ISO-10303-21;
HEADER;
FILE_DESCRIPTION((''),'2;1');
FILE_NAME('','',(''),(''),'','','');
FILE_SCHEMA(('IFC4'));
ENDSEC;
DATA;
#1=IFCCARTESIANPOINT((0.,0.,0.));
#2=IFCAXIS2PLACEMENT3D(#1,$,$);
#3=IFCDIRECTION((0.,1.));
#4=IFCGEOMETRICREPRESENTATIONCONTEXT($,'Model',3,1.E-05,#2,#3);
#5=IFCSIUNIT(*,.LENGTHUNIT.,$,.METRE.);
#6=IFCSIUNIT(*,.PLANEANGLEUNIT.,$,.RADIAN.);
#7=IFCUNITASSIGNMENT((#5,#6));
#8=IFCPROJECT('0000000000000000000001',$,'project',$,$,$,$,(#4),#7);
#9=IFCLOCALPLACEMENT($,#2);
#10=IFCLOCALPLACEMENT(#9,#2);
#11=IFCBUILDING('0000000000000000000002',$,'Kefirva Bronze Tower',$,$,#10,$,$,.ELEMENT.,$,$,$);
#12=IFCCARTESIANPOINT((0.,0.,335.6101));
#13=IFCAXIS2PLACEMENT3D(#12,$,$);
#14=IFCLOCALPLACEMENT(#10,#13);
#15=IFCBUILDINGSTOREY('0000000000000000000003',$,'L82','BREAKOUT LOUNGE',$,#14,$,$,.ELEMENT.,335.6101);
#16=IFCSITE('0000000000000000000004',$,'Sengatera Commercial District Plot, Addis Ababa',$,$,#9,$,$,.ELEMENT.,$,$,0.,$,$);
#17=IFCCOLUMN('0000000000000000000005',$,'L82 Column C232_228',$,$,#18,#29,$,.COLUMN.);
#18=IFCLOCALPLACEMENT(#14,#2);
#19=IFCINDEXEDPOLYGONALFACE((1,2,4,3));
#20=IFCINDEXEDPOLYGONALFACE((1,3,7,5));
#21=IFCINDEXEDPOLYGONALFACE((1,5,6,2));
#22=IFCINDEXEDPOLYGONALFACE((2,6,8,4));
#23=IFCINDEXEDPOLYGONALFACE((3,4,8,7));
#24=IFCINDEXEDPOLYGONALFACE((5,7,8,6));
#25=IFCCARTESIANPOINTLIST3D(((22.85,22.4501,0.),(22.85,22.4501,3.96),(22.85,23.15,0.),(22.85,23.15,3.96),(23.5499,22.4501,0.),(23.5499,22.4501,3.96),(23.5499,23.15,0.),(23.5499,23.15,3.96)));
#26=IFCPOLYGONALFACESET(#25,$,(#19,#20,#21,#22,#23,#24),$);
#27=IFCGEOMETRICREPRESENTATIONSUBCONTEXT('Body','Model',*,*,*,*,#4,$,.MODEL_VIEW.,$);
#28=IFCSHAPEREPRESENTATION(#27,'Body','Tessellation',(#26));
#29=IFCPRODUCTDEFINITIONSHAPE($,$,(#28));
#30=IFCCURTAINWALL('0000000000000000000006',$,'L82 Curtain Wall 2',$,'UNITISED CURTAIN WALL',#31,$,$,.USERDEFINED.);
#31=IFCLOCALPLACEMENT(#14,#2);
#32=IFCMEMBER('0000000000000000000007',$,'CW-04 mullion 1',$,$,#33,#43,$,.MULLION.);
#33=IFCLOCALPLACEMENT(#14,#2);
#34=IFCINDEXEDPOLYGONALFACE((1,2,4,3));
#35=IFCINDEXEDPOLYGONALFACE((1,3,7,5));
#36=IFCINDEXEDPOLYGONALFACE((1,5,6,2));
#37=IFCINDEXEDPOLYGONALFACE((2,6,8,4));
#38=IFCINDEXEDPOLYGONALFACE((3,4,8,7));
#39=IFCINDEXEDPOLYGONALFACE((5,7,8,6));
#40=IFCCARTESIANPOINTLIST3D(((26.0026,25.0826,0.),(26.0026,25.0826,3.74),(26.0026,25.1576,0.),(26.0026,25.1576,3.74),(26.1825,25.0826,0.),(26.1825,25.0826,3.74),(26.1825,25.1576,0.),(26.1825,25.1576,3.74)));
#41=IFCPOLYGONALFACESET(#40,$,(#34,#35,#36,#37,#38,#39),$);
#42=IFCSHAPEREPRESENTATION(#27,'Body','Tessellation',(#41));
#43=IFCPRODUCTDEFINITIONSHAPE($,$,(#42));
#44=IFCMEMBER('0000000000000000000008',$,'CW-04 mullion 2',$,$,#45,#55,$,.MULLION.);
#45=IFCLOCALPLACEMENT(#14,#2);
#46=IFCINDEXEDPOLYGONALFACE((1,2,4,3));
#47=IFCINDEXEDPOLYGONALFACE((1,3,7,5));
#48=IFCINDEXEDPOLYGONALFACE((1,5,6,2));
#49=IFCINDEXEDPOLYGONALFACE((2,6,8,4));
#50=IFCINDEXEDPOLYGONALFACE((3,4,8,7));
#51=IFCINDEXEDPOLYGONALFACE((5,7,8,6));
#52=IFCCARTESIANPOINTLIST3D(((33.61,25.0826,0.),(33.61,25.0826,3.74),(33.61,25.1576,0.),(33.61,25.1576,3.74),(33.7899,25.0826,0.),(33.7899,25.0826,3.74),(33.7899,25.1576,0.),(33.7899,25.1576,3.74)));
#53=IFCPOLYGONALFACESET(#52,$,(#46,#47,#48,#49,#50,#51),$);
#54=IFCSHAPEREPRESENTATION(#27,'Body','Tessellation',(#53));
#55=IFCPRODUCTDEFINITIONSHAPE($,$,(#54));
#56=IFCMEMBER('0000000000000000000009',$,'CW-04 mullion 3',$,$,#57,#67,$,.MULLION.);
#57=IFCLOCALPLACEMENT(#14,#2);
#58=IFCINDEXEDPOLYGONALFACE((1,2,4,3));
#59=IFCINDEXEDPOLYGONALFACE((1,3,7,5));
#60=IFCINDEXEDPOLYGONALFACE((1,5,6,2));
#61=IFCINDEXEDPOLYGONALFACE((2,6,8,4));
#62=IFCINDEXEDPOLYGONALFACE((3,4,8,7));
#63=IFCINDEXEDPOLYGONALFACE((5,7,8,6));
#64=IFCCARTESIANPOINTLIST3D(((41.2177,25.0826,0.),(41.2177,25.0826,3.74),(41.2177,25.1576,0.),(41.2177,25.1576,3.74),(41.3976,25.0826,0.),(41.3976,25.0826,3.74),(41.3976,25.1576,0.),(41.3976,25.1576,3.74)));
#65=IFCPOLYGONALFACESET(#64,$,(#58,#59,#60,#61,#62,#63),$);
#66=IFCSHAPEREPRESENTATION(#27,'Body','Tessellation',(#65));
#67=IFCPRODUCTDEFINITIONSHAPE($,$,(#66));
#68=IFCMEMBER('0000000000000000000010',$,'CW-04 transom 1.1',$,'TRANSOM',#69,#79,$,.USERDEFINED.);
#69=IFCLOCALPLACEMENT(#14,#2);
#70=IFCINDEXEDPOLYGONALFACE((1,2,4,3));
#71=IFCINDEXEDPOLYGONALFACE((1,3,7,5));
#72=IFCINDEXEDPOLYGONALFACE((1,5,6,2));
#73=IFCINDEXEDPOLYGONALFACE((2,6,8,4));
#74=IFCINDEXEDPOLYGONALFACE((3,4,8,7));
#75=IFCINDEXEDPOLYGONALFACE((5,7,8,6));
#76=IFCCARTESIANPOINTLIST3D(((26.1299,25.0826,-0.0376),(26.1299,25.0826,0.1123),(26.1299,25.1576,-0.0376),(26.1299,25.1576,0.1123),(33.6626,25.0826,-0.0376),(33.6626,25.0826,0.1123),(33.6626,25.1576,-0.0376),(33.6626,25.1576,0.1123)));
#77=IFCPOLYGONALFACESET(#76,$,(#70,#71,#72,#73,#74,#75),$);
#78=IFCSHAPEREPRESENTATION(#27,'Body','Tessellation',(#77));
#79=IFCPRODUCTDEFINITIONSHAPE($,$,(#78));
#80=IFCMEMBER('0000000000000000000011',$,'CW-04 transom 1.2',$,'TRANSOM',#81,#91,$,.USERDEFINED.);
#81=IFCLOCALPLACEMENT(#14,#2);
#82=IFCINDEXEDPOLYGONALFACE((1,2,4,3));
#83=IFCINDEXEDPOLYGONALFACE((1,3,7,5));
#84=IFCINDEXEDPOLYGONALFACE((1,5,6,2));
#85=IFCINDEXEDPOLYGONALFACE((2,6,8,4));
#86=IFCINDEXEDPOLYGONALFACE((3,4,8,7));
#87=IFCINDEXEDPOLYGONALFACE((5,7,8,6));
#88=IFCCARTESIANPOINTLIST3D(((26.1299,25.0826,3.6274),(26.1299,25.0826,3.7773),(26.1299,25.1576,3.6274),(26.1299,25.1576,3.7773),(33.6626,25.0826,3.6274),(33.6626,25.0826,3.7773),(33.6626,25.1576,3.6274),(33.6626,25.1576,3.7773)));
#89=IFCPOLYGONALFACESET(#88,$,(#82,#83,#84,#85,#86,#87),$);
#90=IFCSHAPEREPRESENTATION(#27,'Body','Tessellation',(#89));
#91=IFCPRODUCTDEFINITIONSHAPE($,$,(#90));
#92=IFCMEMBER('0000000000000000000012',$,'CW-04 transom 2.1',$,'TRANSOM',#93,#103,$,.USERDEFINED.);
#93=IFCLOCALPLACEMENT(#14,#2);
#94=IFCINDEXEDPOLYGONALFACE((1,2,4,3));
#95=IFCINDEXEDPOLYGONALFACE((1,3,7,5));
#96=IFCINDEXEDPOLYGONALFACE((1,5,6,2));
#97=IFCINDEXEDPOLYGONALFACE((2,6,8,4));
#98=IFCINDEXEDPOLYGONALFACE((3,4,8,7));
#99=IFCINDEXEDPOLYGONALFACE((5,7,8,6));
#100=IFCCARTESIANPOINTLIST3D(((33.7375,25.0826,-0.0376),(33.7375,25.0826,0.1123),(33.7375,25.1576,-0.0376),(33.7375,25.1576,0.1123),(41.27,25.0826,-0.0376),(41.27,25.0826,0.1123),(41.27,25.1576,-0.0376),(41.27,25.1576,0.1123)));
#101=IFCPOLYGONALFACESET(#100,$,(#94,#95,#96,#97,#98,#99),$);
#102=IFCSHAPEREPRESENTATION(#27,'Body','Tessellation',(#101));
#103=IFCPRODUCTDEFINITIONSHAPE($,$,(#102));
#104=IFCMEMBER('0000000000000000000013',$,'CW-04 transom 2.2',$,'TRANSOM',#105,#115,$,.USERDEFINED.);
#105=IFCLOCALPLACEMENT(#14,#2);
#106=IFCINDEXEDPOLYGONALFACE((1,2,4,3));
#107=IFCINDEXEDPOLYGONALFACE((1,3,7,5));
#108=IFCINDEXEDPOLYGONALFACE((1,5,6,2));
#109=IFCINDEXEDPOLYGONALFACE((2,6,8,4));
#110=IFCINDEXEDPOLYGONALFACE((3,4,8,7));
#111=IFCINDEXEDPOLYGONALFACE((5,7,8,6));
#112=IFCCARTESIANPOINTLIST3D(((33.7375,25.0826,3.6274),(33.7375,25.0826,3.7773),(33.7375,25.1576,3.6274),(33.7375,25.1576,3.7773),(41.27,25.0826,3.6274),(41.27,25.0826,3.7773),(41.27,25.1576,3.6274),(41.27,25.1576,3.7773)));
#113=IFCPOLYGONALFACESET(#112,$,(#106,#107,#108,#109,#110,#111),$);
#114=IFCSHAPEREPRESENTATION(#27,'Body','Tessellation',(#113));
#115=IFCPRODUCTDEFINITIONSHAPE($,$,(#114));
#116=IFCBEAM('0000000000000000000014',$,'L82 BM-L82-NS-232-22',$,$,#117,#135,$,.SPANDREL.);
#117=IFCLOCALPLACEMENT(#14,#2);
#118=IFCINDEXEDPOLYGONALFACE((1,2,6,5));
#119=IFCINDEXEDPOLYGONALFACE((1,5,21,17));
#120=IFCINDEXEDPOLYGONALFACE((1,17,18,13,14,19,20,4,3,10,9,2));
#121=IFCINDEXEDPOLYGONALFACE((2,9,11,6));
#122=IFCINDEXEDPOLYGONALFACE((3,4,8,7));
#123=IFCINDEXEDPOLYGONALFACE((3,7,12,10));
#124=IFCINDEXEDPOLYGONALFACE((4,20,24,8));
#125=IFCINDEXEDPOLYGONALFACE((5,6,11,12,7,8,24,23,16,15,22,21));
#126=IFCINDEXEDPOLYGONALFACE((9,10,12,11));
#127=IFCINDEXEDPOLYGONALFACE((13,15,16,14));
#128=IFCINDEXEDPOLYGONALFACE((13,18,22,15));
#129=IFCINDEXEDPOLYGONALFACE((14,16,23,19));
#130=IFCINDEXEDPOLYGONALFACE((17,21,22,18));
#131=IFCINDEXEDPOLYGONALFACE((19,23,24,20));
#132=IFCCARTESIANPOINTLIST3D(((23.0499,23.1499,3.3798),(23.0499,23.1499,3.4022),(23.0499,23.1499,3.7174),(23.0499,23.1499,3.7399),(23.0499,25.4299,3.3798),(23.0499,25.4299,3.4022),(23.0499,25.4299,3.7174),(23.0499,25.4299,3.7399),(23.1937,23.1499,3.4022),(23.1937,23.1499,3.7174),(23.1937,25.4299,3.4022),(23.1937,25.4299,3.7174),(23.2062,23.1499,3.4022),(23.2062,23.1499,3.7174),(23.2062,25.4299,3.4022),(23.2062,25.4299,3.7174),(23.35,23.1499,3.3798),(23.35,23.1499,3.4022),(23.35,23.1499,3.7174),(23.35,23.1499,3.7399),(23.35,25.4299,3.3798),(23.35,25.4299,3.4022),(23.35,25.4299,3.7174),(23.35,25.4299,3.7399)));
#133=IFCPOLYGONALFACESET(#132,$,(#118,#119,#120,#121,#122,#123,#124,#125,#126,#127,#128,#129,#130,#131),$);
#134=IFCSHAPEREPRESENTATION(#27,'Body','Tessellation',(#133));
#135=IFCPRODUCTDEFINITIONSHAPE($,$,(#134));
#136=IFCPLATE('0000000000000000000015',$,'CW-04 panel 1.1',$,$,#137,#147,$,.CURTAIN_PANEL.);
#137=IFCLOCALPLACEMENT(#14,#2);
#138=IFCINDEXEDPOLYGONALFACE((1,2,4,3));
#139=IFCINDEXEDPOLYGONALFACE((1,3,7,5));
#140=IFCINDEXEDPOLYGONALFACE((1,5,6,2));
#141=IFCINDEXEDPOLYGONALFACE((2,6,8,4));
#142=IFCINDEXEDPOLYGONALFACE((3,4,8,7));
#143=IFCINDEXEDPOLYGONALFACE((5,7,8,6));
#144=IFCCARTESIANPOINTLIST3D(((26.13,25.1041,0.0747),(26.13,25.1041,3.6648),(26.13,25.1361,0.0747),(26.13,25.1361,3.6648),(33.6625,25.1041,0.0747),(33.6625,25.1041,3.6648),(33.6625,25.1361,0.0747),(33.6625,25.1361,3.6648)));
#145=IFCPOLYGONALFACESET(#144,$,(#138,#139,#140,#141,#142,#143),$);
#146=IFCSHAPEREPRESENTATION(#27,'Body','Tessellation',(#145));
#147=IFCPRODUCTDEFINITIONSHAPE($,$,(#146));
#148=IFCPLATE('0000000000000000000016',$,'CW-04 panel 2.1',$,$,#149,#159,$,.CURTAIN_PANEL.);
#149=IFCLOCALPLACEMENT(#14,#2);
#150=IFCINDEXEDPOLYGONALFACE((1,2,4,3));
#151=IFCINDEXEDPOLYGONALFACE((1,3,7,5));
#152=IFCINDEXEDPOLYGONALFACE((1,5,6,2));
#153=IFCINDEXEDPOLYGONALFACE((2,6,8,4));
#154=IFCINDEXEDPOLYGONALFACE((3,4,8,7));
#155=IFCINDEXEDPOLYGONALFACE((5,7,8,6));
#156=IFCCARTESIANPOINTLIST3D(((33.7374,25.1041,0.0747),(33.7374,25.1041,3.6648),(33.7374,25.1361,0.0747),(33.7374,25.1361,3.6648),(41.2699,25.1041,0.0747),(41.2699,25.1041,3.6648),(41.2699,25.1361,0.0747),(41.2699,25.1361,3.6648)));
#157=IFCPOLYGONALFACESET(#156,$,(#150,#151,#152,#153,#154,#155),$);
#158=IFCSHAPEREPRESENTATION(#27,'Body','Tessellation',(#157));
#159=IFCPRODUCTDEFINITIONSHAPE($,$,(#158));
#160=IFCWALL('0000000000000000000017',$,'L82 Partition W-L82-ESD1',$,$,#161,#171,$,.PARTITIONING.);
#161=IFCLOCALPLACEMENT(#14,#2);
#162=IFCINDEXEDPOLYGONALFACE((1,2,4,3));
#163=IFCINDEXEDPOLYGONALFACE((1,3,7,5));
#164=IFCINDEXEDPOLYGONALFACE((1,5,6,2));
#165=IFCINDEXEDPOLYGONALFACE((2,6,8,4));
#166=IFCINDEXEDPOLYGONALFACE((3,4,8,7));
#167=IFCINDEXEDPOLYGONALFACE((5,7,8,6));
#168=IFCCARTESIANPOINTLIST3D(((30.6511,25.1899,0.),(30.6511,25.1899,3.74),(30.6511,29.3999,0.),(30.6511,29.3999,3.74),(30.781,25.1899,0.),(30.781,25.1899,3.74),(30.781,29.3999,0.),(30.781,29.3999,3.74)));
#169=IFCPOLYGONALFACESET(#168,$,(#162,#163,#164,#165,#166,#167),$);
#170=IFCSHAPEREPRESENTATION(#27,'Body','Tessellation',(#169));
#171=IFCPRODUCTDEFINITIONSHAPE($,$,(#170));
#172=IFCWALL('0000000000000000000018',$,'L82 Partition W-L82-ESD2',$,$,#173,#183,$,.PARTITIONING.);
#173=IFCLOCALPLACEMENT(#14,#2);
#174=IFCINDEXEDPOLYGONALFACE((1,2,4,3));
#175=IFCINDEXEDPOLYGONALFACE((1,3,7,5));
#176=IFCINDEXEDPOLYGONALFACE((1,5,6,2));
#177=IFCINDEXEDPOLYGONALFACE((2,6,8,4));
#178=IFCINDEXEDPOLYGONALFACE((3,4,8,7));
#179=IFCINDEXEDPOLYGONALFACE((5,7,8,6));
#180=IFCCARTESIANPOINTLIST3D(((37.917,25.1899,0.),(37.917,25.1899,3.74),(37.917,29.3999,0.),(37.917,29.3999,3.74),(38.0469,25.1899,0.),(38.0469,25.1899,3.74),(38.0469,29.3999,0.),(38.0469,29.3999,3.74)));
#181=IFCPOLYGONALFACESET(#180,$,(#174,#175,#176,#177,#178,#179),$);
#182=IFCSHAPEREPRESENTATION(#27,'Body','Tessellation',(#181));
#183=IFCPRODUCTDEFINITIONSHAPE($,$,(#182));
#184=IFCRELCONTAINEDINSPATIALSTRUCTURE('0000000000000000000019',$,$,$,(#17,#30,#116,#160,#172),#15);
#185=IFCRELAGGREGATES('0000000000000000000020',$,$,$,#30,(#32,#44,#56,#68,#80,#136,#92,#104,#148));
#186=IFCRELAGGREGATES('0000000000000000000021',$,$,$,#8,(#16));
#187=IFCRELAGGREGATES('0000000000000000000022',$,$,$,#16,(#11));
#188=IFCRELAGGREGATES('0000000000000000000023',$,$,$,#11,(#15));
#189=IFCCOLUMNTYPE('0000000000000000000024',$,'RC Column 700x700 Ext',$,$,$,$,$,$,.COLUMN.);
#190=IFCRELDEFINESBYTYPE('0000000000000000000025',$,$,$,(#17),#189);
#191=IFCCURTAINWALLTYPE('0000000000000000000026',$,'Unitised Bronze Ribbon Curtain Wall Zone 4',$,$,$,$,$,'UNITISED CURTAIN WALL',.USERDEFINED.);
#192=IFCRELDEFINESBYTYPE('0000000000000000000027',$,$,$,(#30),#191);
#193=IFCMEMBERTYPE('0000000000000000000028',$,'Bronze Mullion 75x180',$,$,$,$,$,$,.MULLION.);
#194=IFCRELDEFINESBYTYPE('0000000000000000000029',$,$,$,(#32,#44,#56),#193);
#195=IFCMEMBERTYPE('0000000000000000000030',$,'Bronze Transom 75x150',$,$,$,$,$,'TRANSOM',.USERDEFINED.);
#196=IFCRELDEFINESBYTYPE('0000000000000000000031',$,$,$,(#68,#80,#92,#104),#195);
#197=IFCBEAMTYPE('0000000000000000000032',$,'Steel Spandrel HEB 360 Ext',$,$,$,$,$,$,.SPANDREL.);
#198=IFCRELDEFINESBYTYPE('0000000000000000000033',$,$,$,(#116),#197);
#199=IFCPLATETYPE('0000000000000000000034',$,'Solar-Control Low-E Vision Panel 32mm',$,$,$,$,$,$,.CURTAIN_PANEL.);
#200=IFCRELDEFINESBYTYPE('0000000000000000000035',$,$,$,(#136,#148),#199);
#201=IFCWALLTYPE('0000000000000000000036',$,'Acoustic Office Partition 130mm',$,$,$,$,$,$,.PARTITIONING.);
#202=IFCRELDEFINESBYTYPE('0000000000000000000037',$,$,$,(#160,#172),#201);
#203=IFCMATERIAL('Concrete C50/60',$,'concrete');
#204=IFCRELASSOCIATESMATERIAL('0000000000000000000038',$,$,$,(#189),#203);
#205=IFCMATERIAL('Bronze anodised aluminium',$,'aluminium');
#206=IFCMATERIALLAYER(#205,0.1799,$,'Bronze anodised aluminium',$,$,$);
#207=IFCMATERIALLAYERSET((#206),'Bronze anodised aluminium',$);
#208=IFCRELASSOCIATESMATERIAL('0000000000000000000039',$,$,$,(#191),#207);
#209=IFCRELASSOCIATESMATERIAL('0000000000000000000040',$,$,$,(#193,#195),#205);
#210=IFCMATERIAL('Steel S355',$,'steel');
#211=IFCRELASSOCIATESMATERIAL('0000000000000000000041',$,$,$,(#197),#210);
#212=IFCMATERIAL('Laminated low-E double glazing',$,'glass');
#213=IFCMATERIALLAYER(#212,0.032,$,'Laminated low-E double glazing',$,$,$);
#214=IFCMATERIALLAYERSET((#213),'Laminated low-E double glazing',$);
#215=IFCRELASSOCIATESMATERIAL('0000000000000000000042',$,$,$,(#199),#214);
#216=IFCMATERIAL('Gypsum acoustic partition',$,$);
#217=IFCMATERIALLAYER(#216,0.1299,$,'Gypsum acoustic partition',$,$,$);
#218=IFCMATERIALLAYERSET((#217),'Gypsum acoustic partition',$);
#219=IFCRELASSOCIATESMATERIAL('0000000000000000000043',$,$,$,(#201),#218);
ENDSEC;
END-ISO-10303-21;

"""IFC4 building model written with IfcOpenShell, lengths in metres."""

from ifc_helpers import new_model, si_unit, direction, frame, frame_2d, origin, origin_2d, place, context, subcontext, project, spatial, rectangle, i_section, extrude, material, layer, layer_set, material_profile, profile_set, type_object, element, aggregate, save


model = new_model("IFC4")

# Units and contexts
model_context = context("Model", 3, precision=1e-05, world=origin(), true_north=direction((0.0, 1.0)))
body_context = subcontext(model_context, "Body", "Model", "MODEL_VIEW")
ifc_project = project(units=[si_unit("LENGTHUNIT", "METRE"), si_unit("PLANEANGLEUNIT", "RADIAN")], contexts=[model_context])

# Site, building, storey
site_placement = place(None, origin())
site = spatial("IfcSite", under=ifc_project, at=site_placement, Name="Sengatera Commercial District Plot, Addis Ababa", CompositionType="ELEMENT", RefElevation=0.0)
building_placement = place(site_placement, origin())
building = spatial("IfcBuilding", under=site, at=building_placement, Name="Kefirva Bronze Tower", CompositionType="ELEMENT")
storey_placement = place(building_placement, frame((0.0, 0.0, 335.6101)))
storey = spatial("IfcBuildingStorey", under=building, at=storey_placement, Name="L82", Description="BREAKOUT LOUNGE", CompositionType="ELEMENT", Elevation=335.6101)

# Column
ifc_material_1 = material(Name="Concrete C50/60", Category="concrete")
ifc_material_profile_1 = material_profile(ifc_material_1, rectangle(XDim=0.7, YDim=0.7, at=origin_2d()), Name="RC 700x700")
ifc_profile_set_1 = profile_set([ifc_material_profile_1], Name="Concrete C50/60")
column_type = type_object("IfcColumnType", Name="RC Column 700x700 Ext", PredefinedType="COLUMN", material=ifc_profile_set_1)
column_placement = place(storey_placement, frame((23.2, 22.8, 0.0), z_axis=(0.0, 0.0, 1.0), x_axis=(1.0, 0.0, 0.0)))
element("IfcColumn", 1, at=column_placement, inside=storey, type_object=column_type, Name="L82 Column C232_228", PredefinedType="COLUMN", context=body_context, shape_type="SweptSolid", body=[
    extrude(rectangle(XDim=0.7, YDim=0.7, at=origin_2d()), origin(), (0.0, 0.0, 1.0), 3.96),
])

# Curtain wall, members
ifc_material_2 = material(Name="Bronze anodised aluminium", Category="aluminium")
ifc_layer_1 = layer(ifc_material_2, 0.1799, Name="Bronze anodised aluminium")
ifc_layer_set_1 = layer_set([ifc_layer_1], Name="Bronze anodised aluminium")
curtain_wall_type = type_object("IfcCurtainWallType", Name="Unitised Bronze Ribbon Curtain Wall Zone 4", ElementType="UNITISED CURTAIN WALL", PredefinedType="USERDEFINED", material=ifc_layer_set_1)
curtain_wall_placement = place(storey_placement, origin())
curtain_wall = element("IfcCurtainWall", 2, at=curtain_wall_placement, inside=storey, type_object=curtain_wall_type, Name="L82 Curtain Wall 2", ObjectType="UNITISED CURTAIN WALL", PredefinedType="USERDEFINED")
ifc_material_profile_2 = material_profile(ifc_material_2, rectangle(XDim=0.075, YDim=0.1799, at=origin_2d()), Name="ALU 75x180")
ifc_profile_set_2 = profile_set([ifc_material_profile_2], Name="Bronze anodised aluminium")
member_type_1 = type_object("IfcMemberType", Name="Bronze Mullion 75x180", PredefinedType="MULLION", material=ifc_profile_set_2)
member_1_placement = place(storey_placement, frame((26.0925, 25.1201, 0.0), z_axis=(0.0, 0.0, 1.0), x_axis=(0.0, 1.0, 0.0)))
member_1 = element("IfcMember", 3, at=member_1_placement, type_object=member_type_1, Name="CW-04 mullion 1", PredefinedType="MULLION", context=body_context, shape_type="SweptSolid", body=[
    extrude(rectangle(XDim=0.075, YDim=0.1799, at=origin_2d()), origin(), (0.0, 0.0, 1.0), 3.74),
])
member_2_placement = place(storey_placement, frame((33.7, 25.1201, 0.0), z_axis=(0.0, 0.0, 1.0), x_axis=(0.0, 1.0, 0.0)))
member_2 = element("IfcMember", 4, at=member_2_placement, type_object=member_type_1, Name="CW-04 mullion 2", PredefinedType="MULLION", context=body_context, shape_type="SweptSolid", body=[
    extrude(rectangle(XDim=0.075, YDim=0.1799, at=origin_2d()), origin(), (0.0, 0.0, 1.0), 3.74),
])
member_3_placement = place(storey_placement, frame((41.3076, 25.1201, 0.0), z_axis=(0.0, 0.0, 1.0), x_axis=(0.0, 1.0, 0.0)))
member_3 = element("IfcMember", 5, at=member_3_placement, type_object=member_type_1, Name="CW-04 mullion 3", PredefinedType="MULLION", context=body_context, shape_type="SweptSolid", body=[
    extrude(rectangle(XDim=0.075, YDim=0.1799, at=origin_2d()), origin(), (0.0, 0.0, 1.0), 3.74),
])
ifc_material_profile_3 = material_profile(ifc_material_2, rectangle(XDim=0.075, YDim=0.1499, at=origin_2d()), Name="ALU 75x150")
ifc_profile_set_3 = profile_set([ifc_material_profile_3], Name="Bronze anodised aluminium")
member_type_2 = type_object("IfcMemberType", Name="Bronze Transom 75x150", ElementType="TRANSOM", PredefinedType="USERDEFINED", material=ifc_profile_set_3)
member_4_placement = place(storey_placement, frame((26.1299, 25.1201, 0.0374), z_axis=(1.0, 0.0, 0.0), x_axis=(0.0, 1.0, 0.0)))
member_4 = element("IfcMember", 6, at=member_4_placement, type_object=member_type_2, Name="CW-04 transom 1.1", ObjectType="TRANSOM", PredefinedType="USERDEFINED", context=body_context, shape_type="SweptSolid", body=[
    extrude(rectangle(XDim=0.075, YDim=0.1499, at=origin_2d()), origin(), (0.0, 0.0, 1.0), 7.5327),
])
member_5_placement = place(storey_placement, frame((26.1299, 25.1201, 3.7024), z_axis=(1.0, 0.0, 0.0), x_axis=(0.0, 1.0, 0.0)))
member_5 = element("IfcMember", 7, at=member_5_placement, type_object=member_type_2, Name="CW-04 transom 1.2", ObjectType="TRANSOM", PredefinedType="USERDEFINED", context=body_context, shape_type="SweptSolid", body=[
    extrude(rectangle(XDim=0.075, YDim=0.1499, at=origin_2d()), origin(), (0.0, 0.0, 1.0), 7.5327),
])
member_6_placement = place(storey_placement, frame((33.7375, 25.1201, 0.0374), z_axis=(1.0, 0.0, 0.0), x_axis=(0.0, 1.0, 0.0)))
member_6 = element("IfcMember", 8, at=member_6_placement, type_object=member_type_2, Name="CW-04 transom 2.1", ObjectType="TRANSOM", PredefinedType="USERDEFINED", context=body_context, shape_type="SweptSolid", body=[
    extrude(rectangle(XDim=0.075, YDim=0.1499, at=origin_2d()), origin(), (0.0, 0.0, 1.0), 7.5325),
])
member_7_placement = place(storey_placement, frame((33.7375, 25.1201, 3.7024), z_axis=(1.0, 0.0, 0.0), x_axis=(0.0, 1.0, 0.0)))
member_7 = element("IfcMember", 9, at=member_7_placement, type_object=member_type_2, Name="CW-04 transom 2.2", ObjectType="TRANSOM", PredefinedType="USERDEFINED", context=body_context, shape_type="SweptSolid", body=[
    extrude(rectangle(XDim=0.075, YDim=0.1499, at=origin_2d()), origin(), (0.0, 0.0, 1.0), 7.5325),
])

# Beam
ifc_material_3 = material(Name="Steel S355", Category="steel")
ifc_material_profile_4 = material_profile(ifc_material_3, i_section(OverallWidth=0.3, OverallDepth=0.3601, WebThickness=0.0125, FlangeThickness=0.0225, at=origin_2d()), Name="HEB 360")
ifc_profile_set_4 = profile_set([ifc_material_profile_4], Name="Steel S355")
beam_type = type_object("IfcBeamType", Name="Steel Spandrel HEB 360 Ext", PredefinedType="SPANDREL", material=ifc_profile_set_4)
beam_placement = place(storey_placement, frame((23.2, 23.1499, 3.5598), z_axis=(0.0, 1.0, 0.0), x_axis=(-1.0, 0.0, 0.0)))
element("IfcBeam", 10, at=beam_placement, inside=storey, type_object=beam_type, Name="L82 BM-L82-NS-232-22", PredefinedType="SPANDREL", context=body_context, shape_type="SweptSolid", body=[
    extrude(i_section(OverallWidth=0.3, OverallDepth=0.3601, WebThickness=0.0125, FlangeThickness=0.0225, at=origin_2d()), origin(), (0.0, 0.0, 1.0), 2.28),
])

# Plates
ifc_material_4 = material(Name="Laminated low-E double glazing", Category="glass")
ifc_layer_2 = layer(ifc_material_4, 0.032, Name="Laminated low-E double glazing")
ifc_layer_set_2 = layer_set([ifc_layer_2], Name="Laminated low-E double glazing")
plate_type = type_object("IfcPlateType", Name="Solar-Control Low-E Vision Panel 32mm", PredefinedType="CURTAIN_PANEL", material=ifc_layer_set_2)
plate_1_placement = place(storey_placement, frame((29.8962, 25.1201, 0.0747), z_axis=(0.0, 0.0, 1.0), x_axis=(1.0, 0.0, 0.0)))
plate_1 = element("IfcPlate", 11, at=plate_1_placement, type_object=plate_type, Name="CW-04 panel 1.1", PredefinedType="CURTAIN_PANEL", context=body_context, shape_type="SweptSolid", body=[
    extrude(rectangle(XDim=7.5325, YDim=0.032, at=origin_2d()), origin(), (0.0, 0.0, 1.0), 3.5901),
])
plate_2_placement = place(storey_placement, frame((37.5037, 25.1201, 0.0747), z_axis=(0.0, 0.0, 1.0), x_axis=(1.0, 0.0, 0.0)))
plate_2 = element("IfcPlate", 12, at=plate_2_placement, type_object=plate_type, Name="CW-04 panel 2.1", PredefinedType="CURTAIN_PANEL", context=body_context, shape_type="SweptSolid", body=[
    extrude(rectangle(XDim=7.5325, YDim=0.032, at=origin_2d()), origin(), (0.0, 0.0, 1.0), 3.5901),
])
aggregate(curtain_wall, [member_1, member_2, member_3, member_4, member_5, plate_1, member_6, member_7, plate_2])

# Walls
ifc_material_5 = material(Name="Gypsum acoustic partition")
ifc_layer_3 = layer(ifc_material_5, 0.1299, Name="Gypsum acoustic partition")
ifc_layer_set_3 = layer_set([ifc_layer_3], Name="Gypsum acoustic partition")
wall_type_1 = type_object("IfcWallType", Name="Acoustic Office Partition 130mm", PredefinedType="PARTITIONING", material=ifc_layer_set_3)
for number, where, z_axis, x_axis, name in (
    (13, (30.7161, 25.1899, 0.0), (0.0, 0.0, 1.0), (0.0, 1.0, 0.0), "L82 Partition W-L82-ESD1"),
    (14, (37.9819, 25.1899, 0.0), (0.0, 0.0, 1.0), (0.0, 1.0, 0.0), "L82 Partition W-L82-ESD2"),
):
    element("IfcWall", number, at=place(storey_placement, frame(where, z_axis=z_axis, x_axis=x_axis)), inside=storey, type_object=wall_type_1, Name=name, PredefinedType="PARTITIONING", context=body_context, shape_type="SweptSolid", body=[
        extrude(rectangle(XDim=4.21, YDim=0.1299, at=frame_2d((2.105, 0.0))), origin(), (0.0, 0.0, 1.0), 3.74),
    ])

save(model, "model.ifc")
